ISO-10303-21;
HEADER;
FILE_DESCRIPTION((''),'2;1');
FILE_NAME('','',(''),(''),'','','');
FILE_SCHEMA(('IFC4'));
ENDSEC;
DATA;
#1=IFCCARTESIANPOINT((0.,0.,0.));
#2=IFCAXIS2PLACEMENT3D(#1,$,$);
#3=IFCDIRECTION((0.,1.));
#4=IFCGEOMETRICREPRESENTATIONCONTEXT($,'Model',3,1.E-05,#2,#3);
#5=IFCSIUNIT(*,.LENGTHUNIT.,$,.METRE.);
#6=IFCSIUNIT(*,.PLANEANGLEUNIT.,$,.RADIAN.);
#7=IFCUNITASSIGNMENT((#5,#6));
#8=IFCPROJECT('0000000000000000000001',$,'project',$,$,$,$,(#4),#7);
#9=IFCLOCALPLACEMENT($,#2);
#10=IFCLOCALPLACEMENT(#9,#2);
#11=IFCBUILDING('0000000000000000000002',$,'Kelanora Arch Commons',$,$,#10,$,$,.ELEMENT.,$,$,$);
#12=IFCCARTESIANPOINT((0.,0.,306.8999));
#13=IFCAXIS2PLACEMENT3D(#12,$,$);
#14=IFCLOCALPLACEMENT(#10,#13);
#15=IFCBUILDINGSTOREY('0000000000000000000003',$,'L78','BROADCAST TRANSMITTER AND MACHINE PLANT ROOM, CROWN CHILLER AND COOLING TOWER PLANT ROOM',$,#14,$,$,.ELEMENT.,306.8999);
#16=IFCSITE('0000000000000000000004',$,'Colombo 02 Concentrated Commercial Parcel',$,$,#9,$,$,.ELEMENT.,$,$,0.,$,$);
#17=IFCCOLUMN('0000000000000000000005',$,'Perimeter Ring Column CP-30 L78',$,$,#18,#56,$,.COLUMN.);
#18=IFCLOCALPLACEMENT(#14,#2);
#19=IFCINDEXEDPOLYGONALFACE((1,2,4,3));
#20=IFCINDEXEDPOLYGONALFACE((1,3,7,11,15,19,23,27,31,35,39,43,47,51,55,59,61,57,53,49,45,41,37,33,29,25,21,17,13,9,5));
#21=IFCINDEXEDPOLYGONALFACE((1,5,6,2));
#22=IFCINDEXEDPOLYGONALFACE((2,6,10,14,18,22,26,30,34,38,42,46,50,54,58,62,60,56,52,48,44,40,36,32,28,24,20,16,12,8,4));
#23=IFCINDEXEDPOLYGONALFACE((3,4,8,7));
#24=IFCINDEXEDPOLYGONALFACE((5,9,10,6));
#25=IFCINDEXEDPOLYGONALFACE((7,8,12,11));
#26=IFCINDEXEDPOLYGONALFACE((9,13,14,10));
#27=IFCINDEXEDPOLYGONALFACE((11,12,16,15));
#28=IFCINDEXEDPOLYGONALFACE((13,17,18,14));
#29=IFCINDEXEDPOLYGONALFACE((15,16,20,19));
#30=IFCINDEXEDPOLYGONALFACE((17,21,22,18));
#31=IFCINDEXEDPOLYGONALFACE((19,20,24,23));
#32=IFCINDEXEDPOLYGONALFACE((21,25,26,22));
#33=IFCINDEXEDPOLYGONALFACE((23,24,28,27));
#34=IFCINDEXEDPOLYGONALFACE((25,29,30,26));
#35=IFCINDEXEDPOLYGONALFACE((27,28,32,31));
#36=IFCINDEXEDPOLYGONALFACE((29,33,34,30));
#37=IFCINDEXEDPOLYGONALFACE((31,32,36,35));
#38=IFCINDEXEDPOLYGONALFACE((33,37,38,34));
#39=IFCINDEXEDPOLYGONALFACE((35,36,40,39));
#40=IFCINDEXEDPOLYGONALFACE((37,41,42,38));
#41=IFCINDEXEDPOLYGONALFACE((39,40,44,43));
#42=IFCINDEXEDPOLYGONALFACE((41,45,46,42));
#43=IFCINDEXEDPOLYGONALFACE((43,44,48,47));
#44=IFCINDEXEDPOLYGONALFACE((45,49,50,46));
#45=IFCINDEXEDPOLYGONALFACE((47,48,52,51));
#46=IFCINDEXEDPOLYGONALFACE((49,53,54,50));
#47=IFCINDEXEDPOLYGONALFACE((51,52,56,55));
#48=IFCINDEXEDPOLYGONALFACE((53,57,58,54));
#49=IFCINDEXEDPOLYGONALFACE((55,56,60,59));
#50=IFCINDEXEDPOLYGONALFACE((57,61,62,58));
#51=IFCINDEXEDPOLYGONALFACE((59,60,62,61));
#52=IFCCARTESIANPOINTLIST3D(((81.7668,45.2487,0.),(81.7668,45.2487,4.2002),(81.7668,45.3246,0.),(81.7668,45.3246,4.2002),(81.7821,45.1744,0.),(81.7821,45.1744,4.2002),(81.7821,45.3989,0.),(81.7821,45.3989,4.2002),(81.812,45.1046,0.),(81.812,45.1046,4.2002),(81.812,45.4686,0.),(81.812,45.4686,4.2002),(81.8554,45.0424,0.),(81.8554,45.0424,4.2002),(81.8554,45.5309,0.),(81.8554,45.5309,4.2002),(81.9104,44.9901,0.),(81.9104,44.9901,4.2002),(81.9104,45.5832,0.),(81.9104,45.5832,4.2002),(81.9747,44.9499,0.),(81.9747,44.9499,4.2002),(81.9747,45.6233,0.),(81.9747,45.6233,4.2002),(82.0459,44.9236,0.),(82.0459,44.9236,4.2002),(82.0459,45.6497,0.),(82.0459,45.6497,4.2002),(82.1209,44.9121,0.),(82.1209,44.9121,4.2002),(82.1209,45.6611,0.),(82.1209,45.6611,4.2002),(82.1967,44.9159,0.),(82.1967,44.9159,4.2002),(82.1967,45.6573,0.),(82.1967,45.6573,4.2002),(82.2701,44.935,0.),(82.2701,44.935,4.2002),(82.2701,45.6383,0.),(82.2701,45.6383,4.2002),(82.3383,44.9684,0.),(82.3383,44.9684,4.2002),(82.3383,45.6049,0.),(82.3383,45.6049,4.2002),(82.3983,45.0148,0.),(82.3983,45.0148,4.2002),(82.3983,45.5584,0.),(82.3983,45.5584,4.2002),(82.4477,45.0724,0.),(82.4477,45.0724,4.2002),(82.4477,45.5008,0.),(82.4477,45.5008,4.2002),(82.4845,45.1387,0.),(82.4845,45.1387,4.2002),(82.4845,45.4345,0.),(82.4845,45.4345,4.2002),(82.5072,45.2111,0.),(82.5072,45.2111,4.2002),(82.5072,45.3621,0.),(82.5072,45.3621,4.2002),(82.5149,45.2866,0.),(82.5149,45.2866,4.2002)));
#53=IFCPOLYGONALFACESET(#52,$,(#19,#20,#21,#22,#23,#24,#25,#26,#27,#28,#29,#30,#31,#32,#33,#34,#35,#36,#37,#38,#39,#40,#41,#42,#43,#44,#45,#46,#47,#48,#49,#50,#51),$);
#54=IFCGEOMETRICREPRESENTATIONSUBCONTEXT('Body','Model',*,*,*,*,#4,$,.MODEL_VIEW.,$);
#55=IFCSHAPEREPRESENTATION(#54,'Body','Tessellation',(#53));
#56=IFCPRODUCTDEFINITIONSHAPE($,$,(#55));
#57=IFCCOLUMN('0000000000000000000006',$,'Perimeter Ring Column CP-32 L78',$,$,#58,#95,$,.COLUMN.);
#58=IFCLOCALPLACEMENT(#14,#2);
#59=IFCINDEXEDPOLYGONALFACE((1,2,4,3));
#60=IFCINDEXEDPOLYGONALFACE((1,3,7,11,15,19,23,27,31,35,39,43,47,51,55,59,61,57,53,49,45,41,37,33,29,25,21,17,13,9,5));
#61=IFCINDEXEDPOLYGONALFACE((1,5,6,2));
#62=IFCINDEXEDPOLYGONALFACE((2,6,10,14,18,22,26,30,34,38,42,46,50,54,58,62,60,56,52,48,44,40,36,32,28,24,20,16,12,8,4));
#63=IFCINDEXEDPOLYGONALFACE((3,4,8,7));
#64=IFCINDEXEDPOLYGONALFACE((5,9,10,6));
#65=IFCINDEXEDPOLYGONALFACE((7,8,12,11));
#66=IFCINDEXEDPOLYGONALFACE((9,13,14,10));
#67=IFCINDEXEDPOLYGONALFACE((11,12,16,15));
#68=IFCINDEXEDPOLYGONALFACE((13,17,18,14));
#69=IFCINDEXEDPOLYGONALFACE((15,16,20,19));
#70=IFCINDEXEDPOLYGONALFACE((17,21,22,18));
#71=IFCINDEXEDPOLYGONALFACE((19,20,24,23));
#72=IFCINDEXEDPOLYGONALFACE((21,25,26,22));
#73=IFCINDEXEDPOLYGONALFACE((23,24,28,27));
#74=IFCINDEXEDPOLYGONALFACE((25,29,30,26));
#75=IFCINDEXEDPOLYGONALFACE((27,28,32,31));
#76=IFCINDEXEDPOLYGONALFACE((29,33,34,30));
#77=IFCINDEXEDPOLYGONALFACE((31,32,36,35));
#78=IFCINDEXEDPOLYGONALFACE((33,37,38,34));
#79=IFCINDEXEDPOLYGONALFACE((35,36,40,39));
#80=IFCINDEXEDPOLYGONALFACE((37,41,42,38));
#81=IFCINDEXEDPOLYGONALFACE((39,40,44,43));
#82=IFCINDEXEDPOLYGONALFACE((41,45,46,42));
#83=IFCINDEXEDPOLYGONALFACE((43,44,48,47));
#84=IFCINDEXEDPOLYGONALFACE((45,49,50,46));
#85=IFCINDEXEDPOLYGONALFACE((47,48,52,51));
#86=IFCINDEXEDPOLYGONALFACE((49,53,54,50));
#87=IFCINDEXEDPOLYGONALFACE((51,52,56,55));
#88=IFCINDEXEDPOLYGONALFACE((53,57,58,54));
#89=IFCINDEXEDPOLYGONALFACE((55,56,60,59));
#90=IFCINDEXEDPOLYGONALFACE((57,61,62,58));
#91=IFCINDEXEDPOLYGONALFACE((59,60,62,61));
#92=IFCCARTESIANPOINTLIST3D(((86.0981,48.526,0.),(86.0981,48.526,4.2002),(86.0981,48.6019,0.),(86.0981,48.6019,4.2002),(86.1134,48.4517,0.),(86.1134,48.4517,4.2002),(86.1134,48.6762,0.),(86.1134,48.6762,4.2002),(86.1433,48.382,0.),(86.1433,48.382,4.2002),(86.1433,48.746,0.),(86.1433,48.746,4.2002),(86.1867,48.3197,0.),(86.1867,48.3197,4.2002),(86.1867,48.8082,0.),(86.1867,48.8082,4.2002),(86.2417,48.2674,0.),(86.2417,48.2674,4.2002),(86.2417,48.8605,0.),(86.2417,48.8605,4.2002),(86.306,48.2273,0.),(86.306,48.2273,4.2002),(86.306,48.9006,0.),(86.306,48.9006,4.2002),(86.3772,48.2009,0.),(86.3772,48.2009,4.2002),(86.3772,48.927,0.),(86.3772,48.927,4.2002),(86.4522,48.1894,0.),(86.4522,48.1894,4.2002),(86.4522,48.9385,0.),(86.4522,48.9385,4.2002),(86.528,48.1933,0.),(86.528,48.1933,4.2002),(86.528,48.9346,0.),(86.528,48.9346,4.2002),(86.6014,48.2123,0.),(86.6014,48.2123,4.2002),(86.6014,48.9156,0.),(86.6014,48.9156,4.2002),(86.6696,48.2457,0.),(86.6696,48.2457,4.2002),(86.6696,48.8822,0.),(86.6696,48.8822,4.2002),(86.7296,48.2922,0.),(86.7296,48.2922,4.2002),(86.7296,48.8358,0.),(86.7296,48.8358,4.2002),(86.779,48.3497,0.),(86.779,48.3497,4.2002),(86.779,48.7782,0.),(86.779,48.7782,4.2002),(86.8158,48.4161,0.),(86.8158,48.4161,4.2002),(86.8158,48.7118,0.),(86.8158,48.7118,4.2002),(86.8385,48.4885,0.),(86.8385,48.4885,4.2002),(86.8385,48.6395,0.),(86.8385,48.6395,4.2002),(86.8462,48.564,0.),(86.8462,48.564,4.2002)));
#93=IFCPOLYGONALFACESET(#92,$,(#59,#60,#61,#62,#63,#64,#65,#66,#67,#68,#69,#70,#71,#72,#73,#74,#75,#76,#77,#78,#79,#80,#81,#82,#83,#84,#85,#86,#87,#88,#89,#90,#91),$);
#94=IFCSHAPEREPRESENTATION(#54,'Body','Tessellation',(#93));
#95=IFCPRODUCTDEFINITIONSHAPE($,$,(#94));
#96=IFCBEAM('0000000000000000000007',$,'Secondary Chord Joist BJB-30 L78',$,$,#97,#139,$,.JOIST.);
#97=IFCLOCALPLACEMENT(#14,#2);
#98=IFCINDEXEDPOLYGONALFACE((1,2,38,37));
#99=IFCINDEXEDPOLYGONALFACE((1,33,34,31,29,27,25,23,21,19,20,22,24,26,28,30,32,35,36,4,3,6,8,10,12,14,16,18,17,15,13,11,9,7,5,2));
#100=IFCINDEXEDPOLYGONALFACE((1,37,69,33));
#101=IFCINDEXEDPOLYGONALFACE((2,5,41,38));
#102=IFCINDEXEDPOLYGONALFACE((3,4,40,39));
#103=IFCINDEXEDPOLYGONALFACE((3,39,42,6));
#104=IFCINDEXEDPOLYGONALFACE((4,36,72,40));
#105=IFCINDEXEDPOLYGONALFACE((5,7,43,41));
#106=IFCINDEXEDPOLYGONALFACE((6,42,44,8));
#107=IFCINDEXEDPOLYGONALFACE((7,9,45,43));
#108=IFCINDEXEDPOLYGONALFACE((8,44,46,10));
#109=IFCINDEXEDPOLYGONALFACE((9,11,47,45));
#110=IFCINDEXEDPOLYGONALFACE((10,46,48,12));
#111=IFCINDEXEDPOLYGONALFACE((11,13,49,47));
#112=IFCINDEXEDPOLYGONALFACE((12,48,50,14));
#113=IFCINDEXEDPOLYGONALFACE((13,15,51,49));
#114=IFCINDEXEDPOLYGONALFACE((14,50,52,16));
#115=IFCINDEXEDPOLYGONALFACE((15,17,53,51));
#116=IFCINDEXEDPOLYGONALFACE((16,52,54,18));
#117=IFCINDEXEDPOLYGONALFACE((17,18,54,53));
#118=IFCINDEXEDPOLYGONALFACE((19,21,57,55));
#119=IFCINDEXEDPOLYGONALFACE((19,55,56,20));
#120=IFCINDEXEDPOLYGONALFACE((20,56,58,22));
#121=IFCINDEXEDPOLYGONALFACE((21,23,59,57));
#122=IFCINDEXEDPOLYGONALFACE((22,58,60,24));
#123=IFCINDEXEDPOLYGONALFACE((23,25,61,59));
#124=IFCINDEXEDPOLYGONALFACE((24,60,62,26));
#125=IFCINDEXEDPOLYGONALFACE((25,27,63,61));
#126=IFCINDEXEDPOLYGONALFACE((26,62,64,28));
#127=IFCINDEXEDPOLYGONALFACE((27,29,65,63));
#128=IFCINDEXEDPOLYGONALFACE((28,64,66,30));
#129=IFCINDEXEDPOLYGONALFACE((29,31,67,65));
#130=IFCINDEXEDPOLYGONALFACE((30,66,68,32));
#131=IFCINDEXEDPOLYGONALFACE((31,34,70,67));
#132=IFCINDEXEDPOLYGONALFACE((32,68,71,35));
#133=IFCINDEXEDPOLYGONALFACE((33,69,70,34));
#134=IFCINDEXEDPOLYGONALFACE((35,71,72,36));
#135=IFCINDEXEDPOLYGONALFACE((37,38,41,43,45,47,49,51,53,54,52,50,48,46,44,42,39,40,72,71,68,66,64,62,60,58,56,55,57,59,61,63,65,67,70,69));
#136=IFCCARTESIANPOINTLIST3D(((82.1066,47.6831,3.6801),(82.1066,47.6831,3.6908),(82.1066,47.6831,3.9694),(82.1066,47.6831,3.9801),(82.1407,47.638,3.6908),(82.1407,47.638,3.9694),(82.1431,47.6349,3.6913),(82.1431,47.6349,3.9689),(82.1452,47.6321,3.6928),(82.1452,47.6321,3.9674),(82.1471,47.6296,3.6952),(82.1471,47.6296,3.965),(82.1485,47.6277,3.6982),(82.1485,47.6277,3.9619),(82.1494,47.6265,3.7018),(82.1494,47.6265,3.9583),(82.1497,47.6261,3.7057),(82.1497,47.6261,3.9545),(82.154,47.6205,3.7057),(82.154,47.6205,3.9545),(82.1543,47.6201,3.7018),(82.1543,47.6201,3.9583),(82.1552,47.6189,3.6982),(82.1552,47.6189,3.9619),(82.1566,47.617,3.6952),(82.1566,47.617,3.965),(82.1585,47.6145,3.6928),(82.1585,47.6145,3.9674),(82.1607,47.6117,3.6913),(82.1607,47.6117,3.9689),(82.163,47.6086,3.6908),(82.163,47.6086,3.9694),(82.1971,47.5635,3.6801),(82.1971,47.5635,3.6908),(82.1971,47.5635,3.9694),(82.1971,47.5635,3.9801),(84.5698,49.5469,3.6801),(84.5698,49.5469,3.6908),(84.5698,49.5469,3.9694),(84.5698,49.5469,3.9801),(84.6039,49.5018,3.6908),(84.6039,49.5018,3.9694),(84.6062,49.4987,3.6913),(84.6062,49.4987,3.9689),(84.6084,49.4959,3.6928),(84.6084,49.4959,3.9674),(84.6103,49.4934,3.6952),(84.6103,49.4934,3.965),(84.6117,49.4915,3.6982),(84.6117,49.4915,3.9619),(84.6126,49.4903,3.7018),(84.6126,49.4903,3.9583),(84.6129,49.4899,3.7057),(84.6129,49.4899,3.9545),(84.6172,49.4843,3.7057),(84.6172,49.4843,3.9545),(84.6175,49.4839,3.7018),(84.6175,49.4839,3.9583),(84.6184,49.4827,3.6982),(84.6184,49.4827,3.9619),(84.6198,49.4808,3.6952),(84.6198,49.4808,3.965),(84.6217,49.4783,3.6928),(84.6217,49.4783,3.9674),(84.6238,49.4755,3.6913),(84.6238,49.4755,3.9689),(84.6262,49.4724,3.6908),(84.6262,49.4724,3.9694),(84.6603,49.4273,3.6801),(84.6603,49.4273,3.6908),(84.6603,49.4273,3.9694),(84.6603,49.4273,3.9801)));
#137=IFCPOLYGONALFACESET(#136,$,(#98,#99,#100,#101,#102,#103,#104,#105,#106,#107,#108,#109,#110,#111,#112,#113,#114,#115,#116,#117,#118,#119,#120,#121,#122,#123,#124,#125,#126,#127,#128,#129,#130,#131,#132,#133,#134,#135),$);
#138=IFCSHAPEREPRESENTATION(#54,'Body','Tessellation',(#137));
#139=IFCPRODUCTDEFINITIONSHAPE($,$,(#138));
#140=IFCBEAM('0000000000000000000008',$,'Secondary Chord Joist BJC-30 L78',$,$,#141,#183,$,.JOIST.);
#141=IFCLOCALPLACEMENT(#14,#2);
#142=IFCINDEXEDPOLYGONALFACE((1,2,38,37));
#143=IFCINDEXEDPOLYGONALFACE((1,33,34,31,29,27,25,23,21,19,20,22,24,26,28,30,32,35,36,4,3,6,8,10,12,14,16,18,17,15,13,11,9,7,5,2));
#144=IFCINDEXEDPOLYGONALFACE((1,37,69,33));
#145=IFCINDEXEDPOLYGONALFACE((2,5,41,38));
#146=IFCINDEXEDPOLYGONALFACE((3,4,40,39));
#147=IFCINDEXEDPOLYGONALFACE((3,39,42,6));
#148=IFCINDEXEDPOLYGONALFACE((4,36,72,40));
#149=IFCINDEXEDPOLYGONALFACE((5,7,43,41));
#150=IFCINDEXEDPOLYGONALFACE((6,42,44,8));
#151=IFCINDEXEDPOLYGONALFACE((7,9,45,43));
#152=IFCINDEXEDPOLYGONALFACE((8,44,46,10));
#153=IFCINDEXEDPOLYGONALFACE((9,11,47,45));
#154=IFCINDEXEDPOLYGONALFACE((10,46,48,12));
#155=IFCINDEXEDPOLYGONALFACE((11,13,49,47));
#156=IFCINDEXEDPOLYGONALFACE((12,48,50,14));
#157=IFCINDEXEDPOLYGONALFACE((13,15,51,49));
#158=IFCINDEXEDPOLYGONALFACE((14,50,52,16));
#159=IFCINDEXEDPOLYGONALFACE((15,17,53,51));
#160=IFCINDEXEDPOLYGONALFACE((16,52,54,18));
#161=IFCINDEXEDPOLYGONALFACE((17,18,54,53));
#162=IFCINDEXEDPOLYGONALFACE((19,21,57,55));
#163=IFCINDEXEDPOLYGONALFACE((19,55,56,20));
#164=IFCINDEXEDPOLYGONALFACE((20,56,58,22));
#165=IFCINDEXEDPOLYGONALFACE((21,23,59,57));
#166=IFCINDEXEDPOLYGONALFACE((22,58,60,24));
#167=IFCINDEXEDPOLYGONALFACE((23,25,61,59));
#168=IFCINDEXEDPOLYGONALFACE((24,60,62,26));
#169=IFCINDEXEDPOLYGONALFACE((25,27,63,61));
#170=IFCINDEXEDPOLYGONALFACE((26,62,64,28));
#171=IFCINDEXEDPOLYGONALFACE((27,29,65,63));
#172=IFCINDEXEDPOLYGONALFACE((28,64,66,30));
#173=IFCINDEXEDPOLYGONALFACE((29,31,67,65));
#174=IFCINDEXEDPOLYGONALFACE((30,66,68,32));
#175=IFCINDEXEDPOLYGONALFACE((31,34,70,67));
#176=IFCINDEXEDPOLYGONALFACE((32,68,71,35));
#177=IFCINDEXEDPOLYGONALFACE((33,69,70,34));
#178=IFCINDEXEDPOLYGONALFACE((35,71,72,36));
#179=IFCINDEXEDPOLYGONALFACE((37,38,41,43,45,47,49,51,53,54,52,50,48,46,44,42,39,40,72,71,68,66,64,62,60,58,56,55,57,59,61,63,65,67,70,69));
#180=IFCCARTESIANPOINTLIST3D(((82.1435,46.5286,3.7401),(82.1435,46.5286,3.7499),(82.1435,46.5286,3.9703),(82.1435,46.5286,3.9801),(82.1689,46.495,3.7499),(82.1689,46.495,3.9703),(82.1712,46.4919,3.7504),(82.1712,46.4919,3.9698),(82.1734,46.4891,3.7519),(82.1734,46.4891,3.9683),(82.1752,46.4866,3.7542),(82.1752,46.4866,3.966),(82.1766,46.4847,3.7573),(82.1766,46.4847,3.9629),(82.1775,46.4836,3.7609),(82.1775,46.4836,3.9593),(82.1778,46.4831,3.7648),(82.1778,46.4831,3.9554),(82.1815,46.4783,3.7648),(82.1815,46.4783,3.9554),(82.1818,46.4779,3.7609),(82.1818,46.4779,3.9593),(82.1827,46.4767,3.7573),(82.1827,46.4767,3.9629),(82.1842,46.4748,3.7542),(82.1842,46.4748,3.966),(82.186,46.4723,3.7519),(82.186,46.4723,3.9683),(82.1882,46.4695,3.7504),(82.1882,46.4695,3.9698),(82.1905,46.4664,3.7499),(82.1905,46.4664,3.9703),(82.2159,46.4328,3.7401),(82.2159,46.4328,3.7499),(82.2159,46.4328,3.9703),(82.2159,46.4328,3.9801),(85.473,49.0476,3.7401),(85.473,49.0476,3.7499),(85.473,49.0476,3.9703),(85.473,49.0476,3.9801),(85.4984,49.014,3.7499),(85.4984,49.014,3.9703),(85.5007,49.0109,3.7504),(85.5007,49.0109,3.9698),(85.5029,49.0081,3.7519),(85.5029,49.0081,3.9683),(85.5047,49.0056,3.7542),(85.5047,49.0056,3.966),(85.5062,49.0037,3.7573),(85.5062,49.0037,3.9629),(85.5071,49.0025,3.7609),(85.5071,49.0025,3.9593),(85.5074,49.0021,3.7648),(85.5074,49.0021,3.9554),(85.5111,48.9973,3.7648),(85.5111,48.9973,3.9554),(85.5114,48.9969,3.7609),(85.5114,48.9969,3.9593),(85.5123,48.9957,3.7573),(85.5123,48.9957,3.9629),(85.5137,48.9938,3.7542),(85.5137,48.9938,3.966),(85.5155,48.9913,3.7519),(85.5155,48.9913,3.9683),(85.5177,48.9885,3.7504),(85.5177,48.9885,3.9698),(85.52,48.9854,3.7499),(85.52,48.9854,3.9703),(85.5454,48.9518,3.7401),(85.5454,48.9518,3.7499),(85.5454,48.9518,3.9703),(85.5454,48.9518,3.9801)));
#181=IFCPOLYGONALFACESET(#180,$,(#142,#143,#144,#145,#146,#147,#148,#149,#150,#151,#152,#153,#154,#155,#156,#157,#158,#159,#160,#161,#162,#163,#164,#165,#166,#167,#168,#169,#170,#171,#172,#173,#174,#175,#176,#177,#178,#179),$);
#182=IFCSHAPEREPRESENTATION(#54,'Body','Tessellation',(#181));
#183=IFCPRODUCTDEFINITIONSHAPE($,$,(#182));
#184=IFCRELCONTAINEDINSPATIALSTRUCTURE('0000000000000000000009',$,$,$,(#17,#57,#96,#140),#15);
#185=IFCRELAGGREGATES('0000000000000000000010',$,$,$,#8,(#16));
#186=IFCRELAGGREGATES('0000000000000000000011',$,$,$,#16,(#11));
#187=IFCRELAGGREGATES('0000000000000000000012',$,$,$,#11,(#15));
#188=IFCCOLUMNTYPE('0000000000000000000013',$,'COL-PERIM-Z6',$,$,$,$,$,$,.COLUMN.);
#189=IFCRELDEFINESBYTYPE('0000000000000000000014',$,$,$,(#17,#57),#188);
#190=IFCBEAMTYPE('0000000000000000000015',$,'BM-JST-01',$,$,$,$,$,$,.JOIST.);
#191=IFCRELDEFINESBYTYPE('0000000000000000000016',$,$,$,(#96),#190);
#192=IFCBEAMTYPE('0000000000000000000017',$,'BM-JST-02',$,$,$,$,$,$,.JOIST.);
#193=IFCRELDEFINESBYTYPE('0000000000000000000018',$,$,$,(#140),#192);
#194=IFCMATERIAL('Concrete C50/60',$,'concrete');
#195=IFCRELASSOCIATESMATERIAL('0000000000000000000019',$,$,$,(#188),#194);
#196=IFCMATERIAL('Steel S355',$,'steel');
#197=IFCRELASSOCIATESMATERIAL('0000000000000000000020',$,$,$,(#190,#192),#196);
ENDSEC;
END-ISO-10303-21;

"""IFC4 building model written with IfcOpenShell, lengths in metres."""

from ifc_helpers import new_model, si_unit, direction, frame, origin, origin_2d, place, context, subcontext, project, spatial, circle, i_section, extrude, material, material_profile, profile_set, type_object, element, save


model = new_model("IFC4")

# Units and contexts
model_context = context("Model", 3, precision=1e-05, world=origin(), true_north=direction((0.0, 1.0)))
body_context = subcontext(model_context, "Body", "Model", "MODEL_VIEW")
ifc_project = project(units=[si_unit("LENGTHUNIT", "METRE"), si_unit("PLANEANGLEUNIT", "RADIAN")], contexts=[model_context])

# Site, building, storey
site_placement = place(None, origin())
site = spatial("IfcSite", under=ifc_project, at=site_placement, Name="Colombo 02 Concentrated Commercial Parcel", CompositionType="ELEMENT", RefElevation=0.0)
building_placement = place(site_placement, origin())
building = spatial("IfcBuilding", under=site, at=building_placement, Name="Kelanora Arch Commons", CompositionType="ELEMENT")
storey_placement = place(building_placement, frame((0.0, 0.0, 306.8999)))
storey = spatial("IfcBuildingStorey", under=building, at=storey_placement, Name="L78", Description="BROADCAST TRANSMITTER AND MACHINE PLANT ROOM, CROWN CHILLER AND COOLING TOWER PLANT ROOM", CompositionType="ELEMENT", Elevation=306.8999)

# Columns
ifc_material_1 = material(Name="Concrete C50/60", Category="concrete")
ifc_material_profile_1 = material_profile(ifc_material_1, circle(Radius=0.375, at=origin_2d()), Name="RCC750")
ifc_profile_set_1 = profile_set([ifc_material_profile_1], Name="Concrete C50/60")
column_type = type_object("IfcColumnType", Name="COL-PERIM-Z6", PredefinedType="COLUMN", material=ifc_profile_set_1)
for number, where, z_axis, x_axis, name in (
    (1, (82.1399, 45.2866, 0.0), (0.0, 0.0, 1.0), (1.0, 0.0, 0.0), "Perimeter Ring Column CP-30 L78"),
    (2, (86.4712, 48.564, 0.0), (0.0, 0.0, 1.0), (1.0, 0.0, 0.0), "Perimeter Ring Column CP-32 L78"),
):
    element("IfcColumn", number, at=place(storey_placement, frame(where, z_axis=z_axis, x_axis=x_axis)), inside=storey, type_object=column_type, Name=name, PredefinedType="COLUMN", context=body_context, shape_type="SweptSolid", body=[
        extrude(circle(Radius=0.375, at=origin_2d()), origin(), (0.0, 0.0, 1.0), 4.2002),
    ])

# Beams
ifc_material_2 = material(Name="Steel S355", Category="steel")
ifc_material_profile_2 = material_profile(ifc_material_2, i_section(OverallWidth=0.1499, OverallDepth=0.3, WebThickness=0.0071, FlangeThickness=0.0107, FilletRadius=0.0149, at=origin_2d()), Name="IPE300")
ifc_profile_set_2 = profile_set([ifc_material_profile_2], Name="Steel S355")
beam_type_1 = type_object("IfcBeamType", Name="BM-JST-01", PredefinedType="JOIST", material=ifc_profile_set_2)
beam_1_placement = place(storey_placement, frame((82.1519, 47.6233, 3.8301), z_axis=(0.797441, 0.603396, 0.0), x_axis=(-0.603396, 0.797441, 0.0)))
element("IfcBeam", 3, at=beam_1_placement, inside=storey, type_object=beam_type_1, Name="Secondary Chord Joist BJB-30 L78", PredefinedType="JOIST", context=body_context, shape_type="SweptSolid", body=[
    extrude(i_section(OverallWidth=0.1499, OverallDepth=0.3, WebThickness=0.0071, FlangeThickness=0.0107, FilletRadius=0.0149, at=origin_2d()), origin(), (0.0, 0.0, 1.0), 3.0889),
])
ifc_material_profile_3 = material_profile(ifc_material_2, i_section(OverallWidth=0.1201, OverallDepth=0.24, WebThickness=0.0061, FlangeThickness=0.0098, FilletRadius=0.0149, at=origin_2d()), Name="IPE240")
ifc_profile_set_3 = profile_set([ifc_material_profile_3], Name="Steel S355")
beam_type_2 = type_object("IfcBeamType", Name="BM-JST-02", PredefinedType="JOIST", material=ifc_profile_set_3)
beam_2_placement = place(storey_placement, frame((82.1797, 46.4807, 3.8601), z_axis=(0.797481, 0.603344, 0.0), x_axis=(-0.603344, 0.797481, 0.0)))
element("IfcBeam", 4, at=beam_2_placement, inside=storey, type_object=beam_type_2, Name="Secondary Chord Joist BJC-30 L78", PredefinedType="JOIST", context=body_context, shape_type="SweptSolid", body=[
    extrude(i_section(OverallWidth=0.1201, OverallDepth=0.24, WebThickness=0.0061, FlangeThickness=0.0098, FilletRadius=0.0149, at=origin_2d()), origin(), (0.0, 0.0, 1.0), 4.175),
])

save(model, "model.ifc")
